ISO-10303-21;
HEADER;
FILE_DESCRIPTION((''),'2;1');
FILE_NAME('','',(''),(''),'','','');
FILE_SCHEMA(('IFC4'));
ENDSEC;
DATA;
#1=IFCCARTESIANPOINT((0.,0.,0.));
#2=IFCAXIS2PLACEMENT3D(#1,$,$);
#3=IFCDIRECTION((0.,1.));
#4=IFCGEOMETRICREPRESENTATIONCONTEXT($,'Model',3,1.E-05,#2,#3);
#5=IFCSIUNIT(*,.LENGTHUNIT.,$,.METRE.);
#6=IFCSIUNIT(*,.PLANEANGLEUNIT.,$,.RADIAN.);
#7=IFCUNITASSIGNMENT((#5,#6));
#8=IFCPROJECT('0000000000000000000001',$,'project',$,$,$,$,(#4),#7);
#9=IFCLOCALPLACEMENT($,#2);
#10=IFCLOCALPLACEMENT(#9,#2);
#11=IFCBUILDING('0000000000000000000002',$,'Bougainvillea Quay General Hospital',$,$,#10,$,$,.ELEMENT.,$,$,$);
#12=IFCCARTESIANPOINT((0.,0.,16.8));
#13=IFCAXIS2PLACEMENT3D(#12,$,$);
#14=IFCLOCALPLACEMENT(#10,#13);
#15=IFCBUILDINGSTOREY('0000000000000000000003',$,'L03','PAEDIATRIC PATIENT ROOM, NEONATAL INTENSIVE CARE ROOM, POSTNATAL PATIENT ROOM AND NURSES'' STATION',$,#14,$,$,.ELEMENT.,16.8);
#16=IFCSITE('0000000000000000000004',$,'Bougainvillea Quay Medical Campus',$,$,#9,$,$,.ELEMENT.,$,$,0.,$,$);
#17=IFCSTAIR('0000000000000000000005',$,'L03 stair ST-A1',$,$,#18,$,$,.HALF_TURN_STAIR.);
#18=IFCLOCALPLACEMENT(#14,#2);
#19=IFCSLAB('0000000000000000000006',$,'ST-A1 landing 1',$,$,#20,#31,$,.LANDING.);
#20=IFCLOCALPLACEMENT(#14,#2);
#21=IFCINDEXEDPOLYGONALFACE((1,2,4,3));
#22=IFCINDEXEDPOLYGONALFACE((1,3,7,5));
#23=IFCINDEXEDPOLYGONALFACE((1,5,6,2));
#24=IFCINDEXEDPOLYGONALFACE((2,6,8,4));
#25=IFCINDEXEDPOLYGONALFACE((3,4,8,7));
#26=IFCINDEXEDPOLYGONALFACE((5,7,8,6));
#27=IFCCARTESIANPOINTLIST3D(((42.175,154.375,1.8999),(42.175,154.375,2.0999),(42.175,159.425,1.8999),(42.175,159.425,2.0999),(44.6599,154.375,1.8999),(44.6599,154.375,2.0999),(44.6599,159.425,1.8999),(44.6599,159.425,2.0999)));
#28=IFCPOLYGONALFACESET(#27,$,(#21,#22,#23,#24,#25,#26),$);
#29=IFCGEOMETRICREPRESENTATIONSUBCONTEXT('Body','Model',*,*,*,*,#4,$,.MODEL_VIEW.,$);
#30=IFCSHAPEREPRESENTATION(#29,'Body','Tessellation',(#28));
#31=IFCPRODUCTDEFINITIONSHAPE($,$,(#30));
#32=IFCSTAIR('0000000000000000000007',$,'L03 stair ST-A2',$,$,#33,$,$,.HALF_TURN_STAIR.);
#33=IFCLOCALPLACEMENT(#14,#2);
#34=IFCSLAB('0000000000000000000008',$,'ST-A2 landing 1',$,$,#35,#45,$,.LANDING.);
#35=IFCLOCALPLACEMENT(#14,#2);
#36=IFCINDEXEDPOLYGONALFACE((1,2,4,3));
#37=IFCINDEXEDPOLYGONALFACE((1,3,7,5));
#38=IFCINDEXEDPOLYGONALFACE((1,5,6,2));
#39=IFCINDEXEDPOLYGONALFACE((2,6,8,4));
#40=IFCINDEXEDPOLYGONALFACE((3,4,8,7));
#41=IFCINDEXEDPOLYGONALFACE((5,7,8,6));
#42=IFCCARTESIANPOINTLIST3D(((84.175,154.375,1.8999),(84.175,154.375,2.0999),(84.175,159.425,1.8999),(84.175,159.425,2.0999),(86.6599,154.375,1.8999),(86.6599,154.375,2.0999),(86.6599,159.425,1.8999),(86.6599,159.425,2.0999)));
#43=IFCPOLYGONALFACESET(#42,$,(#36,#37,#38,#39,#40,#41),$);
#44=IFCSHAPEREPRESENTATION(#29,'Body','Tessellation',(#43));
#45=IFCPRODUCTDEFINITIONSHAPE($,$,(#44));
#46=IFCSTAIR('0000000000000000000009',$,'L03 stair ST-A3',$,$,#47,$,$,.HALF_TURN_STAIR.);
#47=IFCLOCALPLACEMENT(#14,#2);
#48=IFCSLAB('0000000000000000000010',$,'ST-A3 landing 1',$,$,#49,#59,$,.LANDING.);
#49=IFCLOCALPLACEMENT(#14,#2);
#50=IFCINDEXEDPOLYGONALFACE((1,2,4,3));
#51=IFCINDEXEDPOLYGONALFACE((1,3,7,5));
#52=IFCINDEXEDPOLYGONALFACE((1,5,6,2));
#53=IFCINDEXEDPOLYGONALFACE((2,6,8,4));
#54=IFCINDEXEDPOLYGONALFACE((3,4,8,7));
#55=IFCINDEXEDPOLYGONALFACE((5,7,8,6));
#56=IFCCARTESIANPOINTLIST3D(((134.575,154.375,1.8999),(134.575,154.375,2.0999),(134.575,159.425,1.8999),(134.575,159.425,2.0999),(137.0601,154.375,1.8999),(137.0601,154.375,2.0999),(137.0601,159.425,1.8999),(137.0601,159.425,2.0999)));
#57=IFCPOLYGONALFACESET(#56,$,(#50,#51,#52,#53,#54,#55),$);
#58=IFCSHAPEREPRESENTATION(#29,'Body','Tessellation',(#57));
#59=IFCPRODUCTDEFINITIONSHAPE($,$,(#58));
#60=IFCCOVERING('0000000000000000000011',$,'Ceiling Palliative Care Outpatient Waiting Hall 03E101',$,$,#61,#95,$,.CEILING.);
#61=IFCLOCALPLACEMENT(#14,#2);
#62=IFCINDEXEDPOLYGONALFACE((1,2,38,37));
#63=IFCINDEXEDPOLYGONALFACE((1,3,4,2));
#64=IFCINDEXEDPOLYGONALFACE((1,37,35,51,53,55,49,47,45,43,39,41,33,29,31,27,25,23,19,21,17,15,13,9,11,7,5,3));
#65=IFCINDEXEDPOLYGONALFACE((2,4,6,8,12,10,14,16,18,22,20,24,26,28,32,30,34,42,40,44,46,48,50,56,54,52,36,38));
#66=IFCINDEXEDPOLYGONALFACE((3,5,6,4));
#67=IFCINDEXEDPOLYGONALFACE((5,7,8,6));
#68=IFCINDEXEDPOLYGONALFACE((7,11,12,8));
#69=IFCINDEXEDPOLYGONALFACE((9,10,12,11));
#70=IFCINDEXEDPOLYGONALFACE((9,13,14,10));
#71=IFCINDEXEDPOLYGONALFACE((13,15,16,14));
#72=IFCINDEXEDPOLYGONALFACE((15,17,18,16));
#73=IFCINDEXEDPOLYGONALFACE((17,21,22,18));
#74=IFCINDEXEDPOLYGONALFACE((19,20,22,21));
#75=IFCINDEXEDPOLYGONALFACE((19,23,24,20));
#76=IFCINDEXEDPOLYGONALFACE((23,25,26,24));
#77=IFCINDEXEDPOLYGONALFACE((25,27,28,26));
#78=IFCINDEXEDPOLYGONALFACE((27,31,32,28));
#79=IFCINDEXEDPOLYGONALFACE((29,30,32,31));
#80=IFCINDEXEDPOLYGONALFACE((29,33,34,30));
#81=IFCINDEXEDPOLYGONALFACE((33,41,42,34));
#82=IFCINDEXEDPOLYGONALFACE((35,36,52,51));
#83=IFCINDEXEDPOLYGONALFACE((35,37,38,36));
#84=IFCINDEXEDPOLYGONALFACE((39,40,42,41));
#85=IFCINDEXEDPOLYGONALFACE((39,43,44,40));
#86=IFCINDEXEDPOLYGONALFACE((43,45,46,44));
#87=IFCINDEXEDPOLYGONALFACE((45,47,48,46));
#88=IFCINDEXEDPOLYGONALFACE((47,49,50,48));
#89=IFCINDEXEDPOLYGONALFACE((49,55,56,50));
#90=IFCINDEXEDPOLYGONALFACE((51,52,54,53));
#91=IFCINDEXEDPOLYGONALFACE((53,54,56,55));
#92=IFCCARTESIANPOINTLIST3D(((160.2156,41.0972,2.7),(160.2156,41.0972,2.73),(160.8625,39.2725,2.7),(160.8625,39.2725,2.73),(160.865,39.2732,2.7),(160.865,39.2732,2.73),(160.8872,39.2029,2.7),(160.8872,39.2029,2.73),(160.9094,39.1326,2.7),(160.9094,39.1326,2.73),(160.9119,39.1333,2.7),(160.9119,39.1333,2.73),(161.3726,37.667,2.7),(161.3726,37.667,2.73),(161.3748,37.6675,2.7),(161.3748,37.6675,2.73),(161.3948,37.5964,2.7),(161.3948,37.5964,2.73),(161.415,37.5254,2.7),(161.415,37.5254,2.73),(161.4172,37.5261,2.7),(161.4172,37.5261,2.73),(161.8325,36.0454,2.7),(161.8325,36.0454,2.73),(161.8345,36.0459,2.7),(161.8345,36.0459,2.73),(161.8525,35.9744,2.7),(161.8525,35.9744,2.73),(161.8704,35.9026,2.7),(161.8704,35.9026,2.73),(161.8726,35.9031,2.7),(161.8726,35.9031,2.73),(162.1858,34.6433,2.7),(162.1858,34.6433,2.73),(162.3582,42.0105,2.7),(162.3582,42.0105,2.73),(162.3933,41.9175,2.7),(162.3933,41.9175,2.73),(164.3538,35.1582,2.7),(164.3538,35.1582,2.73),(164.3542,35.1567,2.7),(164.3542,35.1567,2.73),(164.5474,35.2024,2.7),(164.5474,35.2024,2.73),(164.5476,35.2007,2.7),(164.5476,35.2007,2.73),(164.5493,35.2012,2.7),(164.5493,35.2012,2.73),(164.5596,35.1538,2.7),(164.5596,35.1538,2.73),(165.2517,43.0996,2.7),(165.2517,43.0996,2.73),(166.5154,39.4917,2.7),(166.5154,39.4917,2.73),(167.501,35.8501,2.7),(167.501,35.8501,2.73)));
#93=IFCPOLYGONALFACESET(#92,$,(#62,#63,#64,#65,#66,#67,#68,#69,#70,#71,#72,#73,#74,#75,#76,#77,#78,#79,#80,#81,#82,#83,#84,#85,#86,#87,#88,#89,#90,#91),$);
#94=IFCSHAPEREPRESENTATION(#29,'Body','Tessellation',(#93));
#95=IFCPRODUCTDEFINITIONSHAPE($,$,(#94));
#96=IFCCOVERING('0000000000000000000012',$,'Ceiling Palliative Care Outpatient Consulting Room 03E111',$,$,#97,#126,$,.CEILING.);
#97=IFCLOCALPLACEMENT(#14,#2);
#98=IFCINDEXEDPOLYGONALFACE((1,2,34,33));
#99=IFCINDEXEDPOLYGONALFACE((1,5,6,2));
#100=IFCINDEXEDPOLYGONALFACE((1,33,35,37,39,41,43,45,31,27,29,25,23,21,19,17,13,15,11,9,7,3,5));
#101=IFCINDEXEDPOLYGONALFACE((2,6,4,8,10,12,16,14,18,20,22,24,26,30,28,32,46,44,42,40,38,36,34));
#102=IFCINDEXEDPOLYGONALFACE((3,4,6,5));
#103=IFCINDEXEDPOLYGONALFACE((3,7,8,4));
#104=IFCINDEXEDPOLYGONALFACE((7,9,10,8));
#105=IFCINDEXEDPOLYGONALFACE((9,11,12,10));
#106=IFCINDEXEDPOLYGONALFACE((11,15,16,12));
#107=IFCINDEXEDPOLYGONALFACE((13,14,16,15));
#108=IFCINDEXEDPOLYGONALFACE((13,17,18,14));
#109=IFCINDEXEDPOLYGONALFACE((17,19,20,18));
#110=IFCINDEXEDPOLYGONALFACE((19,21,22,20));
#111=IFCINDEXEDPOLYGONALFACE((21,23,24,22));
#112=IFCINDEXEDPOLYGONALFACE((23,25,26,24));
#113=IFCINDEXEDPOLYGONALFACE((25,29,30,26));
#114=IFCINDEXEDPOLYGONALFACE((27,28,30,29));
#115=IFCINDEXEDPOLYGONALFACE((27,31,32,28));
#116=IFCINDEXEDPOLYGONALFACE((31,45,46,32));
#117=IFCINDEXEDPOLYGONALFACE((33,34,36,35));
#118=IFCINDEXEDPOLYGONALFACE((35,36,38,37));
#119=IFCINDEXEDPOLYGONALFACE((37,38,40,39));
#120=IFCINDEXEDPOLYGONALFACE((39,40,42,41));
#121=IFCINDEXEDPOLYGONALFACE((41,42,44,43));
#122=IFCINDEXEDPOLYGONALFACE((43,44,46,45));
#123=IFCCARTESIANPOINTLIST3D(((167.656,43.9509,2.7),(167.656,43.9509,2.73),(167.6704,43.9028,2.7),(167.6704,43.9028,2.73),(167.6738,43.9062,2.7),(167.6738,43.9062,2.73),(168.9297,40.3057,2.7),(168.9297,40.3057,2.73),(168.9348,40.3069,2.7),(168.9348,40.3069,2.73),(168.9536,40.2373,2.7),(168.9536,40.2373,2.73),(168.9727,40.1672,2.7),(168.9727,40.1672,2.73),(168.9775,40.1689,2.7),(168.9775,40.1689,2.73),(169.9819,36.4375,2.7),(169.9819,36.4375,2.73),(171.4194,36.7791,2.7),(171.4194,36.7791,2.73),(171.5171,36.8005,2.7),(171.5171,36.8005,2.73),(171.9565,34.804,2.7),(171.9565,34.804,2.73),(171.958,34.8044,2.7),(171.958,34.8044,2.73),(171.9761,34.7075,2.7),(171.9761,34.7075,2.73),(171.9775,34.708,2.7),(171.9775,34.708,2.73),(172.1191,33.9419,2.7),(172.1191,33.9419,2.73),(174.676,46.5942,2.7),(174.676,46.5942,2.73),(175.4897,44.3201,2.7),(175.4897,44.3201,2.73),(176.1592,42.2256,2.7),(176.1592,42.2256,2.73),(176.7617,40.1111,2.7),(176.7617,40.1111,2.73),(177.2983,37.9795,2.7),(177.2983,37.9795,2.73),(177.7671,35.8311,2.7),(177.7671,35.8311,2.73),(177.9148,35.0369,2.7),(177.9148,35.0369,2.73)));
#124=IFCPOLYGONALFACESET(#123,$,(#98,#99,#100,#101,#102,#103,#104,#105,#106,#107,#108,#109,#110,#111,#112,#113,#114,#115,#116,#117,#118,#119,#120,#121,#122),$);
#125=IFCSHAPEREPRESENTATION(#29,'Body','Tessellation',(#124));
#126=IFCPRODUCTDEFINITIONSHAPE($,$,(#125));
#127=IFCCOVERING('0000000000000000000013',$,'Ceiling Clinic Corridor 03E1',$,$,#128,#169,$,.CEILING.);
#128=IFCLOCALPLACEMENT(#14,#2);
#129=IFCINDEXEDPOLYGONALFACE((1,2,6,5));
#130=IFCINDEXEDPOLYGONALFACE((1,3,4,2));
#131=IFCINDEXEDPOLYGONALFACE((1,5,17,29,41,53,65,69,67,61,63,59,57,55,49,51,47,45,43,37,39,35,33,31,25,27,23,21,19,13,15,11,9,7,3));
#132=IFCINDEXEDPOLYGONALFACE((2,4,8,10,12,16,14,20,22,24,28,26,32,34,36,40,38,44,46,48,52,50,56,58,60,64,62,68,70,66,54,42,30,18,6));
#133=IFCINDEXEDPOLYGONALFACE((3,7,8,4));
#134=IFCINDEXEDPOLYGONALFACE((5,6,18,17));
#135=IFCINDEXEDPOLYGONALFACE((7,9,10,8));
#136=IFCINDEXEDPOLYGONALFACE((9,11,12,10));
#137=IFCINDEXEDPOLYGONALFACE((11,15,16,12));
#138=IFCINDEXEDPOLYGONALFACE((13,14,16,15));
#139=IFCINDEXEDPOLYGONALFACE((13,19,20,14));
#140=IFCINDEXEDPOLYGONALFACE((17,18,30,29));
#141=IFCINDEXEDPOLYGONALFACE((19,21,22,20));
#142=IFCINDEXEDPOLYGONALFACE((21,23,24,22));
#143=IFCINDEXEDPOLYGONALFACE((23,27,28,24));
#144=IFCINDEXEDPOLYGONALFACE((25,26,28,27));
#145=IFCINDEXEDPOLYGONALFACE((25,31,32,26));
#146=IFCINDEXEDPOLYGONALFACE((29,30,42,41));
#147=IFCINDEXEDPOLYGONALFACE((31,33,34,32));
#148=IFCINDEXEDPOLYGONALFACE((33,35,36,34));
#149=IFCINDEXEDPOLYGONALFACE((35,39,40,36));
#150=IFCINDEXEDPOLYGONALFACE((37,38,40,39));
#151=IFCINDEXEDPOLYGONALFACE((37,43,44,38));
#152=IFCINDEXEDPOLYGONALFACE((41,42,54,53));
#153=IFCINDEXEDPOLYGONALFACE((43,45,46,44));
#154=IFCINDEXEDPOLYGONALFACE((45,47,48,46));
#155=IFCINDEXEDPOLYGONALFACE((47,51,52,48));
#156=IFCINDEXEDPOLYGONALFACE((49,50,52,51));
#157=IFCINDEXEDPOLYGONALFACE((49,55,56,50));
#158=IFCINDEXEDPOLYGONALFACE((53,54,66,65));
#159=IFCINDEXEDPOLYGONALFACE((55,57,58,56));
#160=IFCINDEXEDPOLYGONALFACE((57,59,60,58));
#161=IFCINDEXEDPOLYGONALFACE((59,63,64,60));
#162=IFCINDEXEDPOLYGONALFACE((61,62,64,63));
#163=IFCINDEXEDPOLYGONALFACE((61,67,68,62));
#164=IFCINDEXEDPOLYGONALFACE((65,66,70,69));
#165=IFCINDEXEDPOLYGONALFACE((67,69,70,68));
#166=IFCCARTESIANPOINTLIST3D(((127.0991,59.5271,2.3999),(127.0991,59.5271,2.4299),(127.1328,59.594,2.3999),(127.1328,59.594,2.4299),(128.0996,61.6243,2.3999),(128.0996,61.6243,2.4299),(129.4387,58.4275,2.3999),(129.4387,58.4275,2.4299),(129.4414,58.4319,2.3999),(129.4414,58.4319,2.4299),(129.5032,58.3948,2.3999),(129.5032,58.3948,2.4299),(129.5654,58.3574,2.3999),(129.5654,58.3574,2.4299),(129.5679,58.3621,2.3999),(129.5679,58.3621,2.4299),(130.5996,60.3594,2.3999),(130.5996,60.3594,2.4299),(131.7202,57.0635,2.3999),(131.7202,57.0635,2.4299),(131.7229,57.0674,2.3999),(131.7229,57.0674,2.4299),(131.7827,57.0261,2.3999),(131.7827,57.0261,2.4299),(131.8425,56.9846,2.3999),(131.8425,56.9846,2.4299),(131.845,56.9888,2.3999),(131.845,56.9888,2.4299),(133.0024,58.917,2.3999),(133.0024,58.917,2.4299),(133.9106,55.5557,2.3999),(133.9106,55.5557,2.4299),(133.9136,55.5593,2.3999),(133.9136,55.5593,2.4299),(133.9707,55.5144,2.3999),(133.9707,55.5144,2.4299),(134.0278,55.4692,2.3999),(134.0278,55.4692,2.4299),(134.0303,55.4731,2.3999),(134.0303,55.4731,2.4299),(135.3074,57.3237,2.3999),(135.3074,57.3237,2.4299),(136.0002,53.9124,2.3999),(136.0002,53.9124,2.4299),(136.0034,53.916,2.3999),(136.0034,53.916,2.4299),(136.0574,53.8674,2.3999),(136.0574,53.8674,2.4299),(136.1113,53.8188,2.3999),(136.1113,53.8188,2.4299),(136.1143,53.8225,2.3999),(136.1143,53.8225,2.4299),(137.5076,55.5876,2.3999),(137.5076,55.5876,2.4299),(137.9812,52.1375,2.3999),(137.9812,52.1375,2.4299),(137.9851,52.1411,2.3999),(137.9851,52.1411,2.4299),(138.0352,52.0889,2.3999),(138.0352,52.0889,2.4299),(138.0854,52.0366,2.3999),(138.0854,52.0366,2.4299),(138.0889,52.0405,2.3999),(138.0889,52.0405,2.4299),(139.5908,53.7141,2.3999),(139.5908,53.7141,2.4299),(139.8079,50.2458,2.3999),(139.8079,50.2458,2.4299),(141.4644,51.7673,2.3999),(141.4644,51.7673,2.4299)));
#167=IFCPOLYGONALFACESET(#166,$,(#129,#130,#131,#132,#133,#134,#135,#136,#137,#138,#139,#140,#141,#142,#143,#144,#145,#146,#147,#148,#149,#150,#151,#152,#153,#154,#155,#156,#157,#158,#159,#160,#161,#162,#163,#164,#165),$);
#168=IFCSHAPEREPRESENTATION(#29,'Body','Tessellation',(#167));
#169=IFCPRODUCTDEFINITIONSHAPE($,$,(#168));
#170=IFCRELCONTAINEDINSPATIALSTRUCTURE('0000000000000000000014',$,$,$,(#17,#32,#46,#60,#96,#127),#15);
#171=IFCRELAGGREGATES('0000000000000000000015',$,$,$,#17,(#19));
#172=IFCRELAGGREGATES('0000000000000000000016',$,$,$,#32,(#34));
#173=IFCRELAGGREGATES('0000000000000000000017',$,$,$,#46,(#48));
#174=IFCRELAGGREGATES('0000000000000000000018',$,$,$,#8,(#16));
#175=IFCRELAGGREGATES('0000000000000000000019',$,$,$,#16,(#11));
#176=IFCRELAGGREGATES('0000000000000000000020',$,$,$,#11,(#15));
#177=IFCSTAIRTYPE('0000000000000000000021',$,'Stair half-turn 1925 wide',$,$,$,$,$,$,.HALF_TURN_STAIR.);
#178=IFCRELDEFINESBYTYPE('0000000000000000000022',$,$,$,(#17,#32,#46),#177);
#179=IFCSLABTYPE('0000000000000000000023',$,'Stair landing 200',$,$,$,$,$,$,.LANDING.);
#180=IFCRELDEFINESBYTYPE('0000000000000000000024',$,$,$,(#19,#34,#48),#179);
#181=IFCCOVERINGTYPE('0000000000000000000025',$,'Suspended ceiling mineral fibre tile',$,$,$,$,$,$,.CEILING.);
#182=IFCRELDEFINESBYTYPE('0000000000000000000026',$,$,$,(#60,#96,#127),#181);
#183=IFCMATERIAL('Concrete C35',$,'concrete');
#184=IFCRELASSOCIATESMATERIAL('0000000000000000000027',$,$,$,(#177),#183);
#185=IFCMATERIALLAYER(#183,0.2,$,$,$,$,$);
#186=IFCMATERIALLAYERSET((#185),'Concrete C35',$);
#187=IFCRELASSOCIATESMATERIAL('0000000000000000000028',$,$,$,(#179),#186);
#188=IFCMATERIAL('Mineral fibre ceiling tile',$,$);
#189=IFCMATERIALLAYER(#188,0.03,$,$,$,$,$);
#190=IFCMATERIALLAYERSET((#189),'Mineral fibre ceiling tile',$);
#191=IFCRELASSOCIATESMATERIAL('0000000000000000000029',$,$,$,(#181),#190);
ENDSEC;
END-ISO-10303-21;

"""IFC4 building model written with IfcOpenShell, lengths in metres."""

from ifc_helpers import new_model, si_unit, direction, frame, origin, place, context, subcontext, project, spatial, polyline, outline, extrude, material, layer, layer_set, type_object, element, aggregate, save


model = new_model("IFC4")

# Units and contexts
model_context = context("Model", 3, precision=1e-05, world=origin(), true_north=direction((0.0, 1.0)))
body_context = subcontext(model_context, "Body", "Model", "MODEL_VIEW")
ifc_project = project(units=[si_unit("LENGTHUNIT", "METRE"), si_unit("PLANEANGLEUNIT", "RADIAN")], contexts=[model_context])

# Site, building, storey
site_placement = place(None, origin())
site = spatial("IfcSite", under=ifc_project, at=site_placement, Name="Bougainvillea Quay Medical Campus", CompositionType="ELEMENT", RefElevation=0.0)
building_placement = place(site_placement, origin())
building = spatial("IfcBuilding", under=site, at=building_placement, Name="Bougainvillea Quay General Hospital", CompositionType="ELEMENT")
storey_placement = place(building_placement, frame((0.0, 0.0, 16.8)))
storey = spatial("IfcBuildingStorey", under=building, at=storey_placement, Name="L03", Description="PAEDIATRIC PATIENT ROOM, NEONATAL INTENSIVE CARE ROOM, POSTNATAL PATIENT ROOM AND NURSES' STATION", CompositionType="ELEMENT", Elevation=16.8)

# Stairs, slabs
ifc_material_1 = material(Name="Concrete C35", Category="concrete")
stair_type = type_object("IfcStairType", Name="Stair half-turn 1925 wide", PredefinedType="HALF_TURN_STAIR", material=ifc_material_1)
stair_1_placement = place(storey_placement, origin())
stair_1 = element("IfcStair", 1, at=stair_1_placement, inside=storey, type_object=stair_type, Name="L03 stair ST-A1", PredefinedType="HALF_TURN_STAIR")
ifc_layer_1 = layer(ifc_material_1, 0.2)
ifc_layer_set_1 = layer_set([ifc_layer_1], Name="Concrete C35")
slab_type = type_object("IfcSlabType", Name="Stair landing 200", PredefinedType="LANDING", material=ifc_layer_set_1)
slab_1_placement = place(storey_placement, frame((0.0, 0.0, 1.8999)))
slab_1 = element("IfcSlab", 2, at=slab_1_placement, type_object=slab_type, Name="ST-A1 landing 1", PredefinedType="LANDING", context=body_context, shape_type="SweptSolid", body=[
    extrude(outline(polyline([(44.6599, 159.425), (42.175, 159.425), (42.175, 154.375), (44.6599, 154.375), (44.6599, 159.425)])), origin(), (0.0, 0.0, 1.0), 0.2),
])
aggregate(stair_1, [slab_1])
stair_2_placement = place(storey_placement, origin())
stair_2 = element("IfcStair", 3, at=stair_2_placement, inside=storey, type_object=stair_type, Name="L03 stair ST-A2", PredefinedType="HALF_TURN_STAIR")
slab_2_placement = place(storey_placement, frame((0.0, 0.0, 1.8999)))
slab_2 = element("IfcSlab", 4, at=slab_2_placement, type_object=slab_type, Name="ST-A2 landing 1", PredefinedType="LANDING", context=body_context, shape_type="SweptSolid", body=[
    extrude(outline(polyline([(86.6599, 159.425), (84.175, 159.425), (84.175, 154.375), (86.6599, 154.375), (86.6599, 159.425)])), origin(), (0.0, 0.0, 1.0), 0.2),
])
aggregate(stair_2, [slab_2])
stair_3_placement = place(storey_placement, origin())
stair_3 = element("IfcStair", 5, at=stair_3_placement, inside=storey, type_object=stair_type, Name="L03 stair ST-A3", PredefinedType="HALF_TURN_STAIR")
slab_3_placement = place(storey_placement, frame((0.0, 0.0, 1.8999)))
slab_3 = element("IfcSlab", 6, at=slab_3_placement, type_object=slab_type, Name="ST-A3 landing 1", PredefinedType="LANDING", context=body_context, shape_type="SweptSolid", body=[
    extrude(outline(polyline([(137.0601, 159.425), (134.575, 159.425), (134.575, 154.375), (137.0601, 154.375), (137.0601, 159.425)])), origin(), (0.0, 0.0, 1.0), 0.2),
])
aggregate(stair_3, [slab_3])

# Coverings
ifc_material_2 = material(Name="Mineral fibre ceiling tile")
ifc_layer_2 = layer(ifc_material_2, 0.03)
ifc_layer_set_2 = layer_set([ifc_layer_2], Name="Mineral fibre ceiling tile")
covering_type = type_object("IfcCoveringType", Name="Suspended ceiling mineral fibre tile", PredefinedType="CEILING", material=ifc_layer_set_2)
covering_1_placement = place(storey_placement, frame((0.0, 0.0, 2.7)))
element("IfcCovering", 7, at=covering_1_placement, inside=storey, type_object=covering_type, Name="Ceiling Palliative Care Outpatient Waiting Hall 03E101", PredefinedType="CEILING", context=body_context, shape_type="SweptSolid", body=[
    extrude(outline(polyline([(162.3582, 42.0105), (162.3933, 41.9175), (160.2156, 41.0972), (160.8625, 39.2725), (160.865, 39.2732), (160.8872, 39.2029), (160.9119, 39.1333), (160.9094, 39.1326), (161.3726, 37.667), (161.3748, 37.6675), (161.3948, 37.5964), (161.4172, 37.5261), (161.415, 37.5254), (161.8325, 36.0454), (161.8345, 36.0459), (161.8525, 35.9744), (161.8726, 35.9031), (161.8704, 35.9026), (162.1858, 34.6433), (164.3542, 35.1567), (164.3538, 35.1582), (164.5474, 35.2024), (164.5476, 35.2007), (164.5493, 35.2012), (164.5596, 35.1538), (167.501, 35.8501), (166.5154, 39.4917), (165.2517, 43.0996), (162.3582, 42.0105)])), origin(), (0.0, 0.0, 1.0), 0.03),
])
covering_2_placement = place(storey_placement, frame((0.0, 0.0, 2.7)))
element("IfcCovering", 8, at=covering_2_placement, inside=storey, type_object=covering_type, Name="Ceiling Palliative Care Outpatient Consulting Room 03E111", PredefinedType="CEILING", context=body_context, shape_type="SweptSolid", body=[
    extrude(outline(polyline([(172.1191, 33.9419), (177.9148, 35.0369), (177.7671, 35.8311), (177.2983, 37.9795), (176.7617, 40.1111), (176.1592, 42.2256), (175.4897, 44.3201), (174.676, 46.5942), (167.656, 43.9509), (167.6738, 43.9062), (167.6704, 43.9028), (168.9297, 40.3057), (168.9348, 40.3069), (168.9536, 40.2373), (168.9775, 40.1689), (168.9727, 40.1672), (169.9819, 36.4375), (171.4194, 36.7791), (171.5171, 36.8005), (171.9565, 34.804), (171.958, 34.8044), (171.9775, 34.708), (171.9761, 34.7075), (172.1191, 33.9419)])), origin(), (0.0, 0.0, 1.0), 0.03),
])
covering_3_placement = place(storey_placement, frame((0.0, 0.0, 2.3999)))
element("IfcCovering", 9, at=covering_3_placement, inside=storey, type_object=covering_type, Name="Ceiling Clinic Corridor 03E1", PredefinedType="CEILING", context=body_context, shape_type="SweptSolid", body=[
    extrude(outline(polyline([(127.0991, 59.5271), (127.1328, 59.594), (129.4387, 58.4275), (129.4414, 58.4319), (129.5032, 58.3948), (129.5679, 58.3621), (129.5654, 58.3574), (131.7202, 57.0635), (131.7229, 57.0674), (131.7827, 57.0261), (131.845, 56.9888), (131.8425, 56.9846), (133.9106, 55.5557), (133.9136, 55.5593), (133.9707, 55.5144), (134.0303, 55.4731), (134.0278, 55.4692), (136.0002, 53.9124), (136.0034, 53.916), (136.0574, 53.8674), (136.1143, 53.8225), (136.1113, 53.8188), (137.9812, 52.1375), (137.9851, 52.1411), (138.0352, 52.0889), (138.0889, 52.0405), (138.0854, 52.0366), (139.8079, 50.2458), (141.4644, 51.7673), (139.5908, 53.7141), (137.5076, 55.5876), (135.3074, 57.3237), (133.0024, 58.917), (130.5996, 60.3594), (128.0996, 61.6243), (127.0991, 59.5271)])), origin(), (0.0, 0.0, 1.0), 0.03),
])

save(model, "model.ifc")
